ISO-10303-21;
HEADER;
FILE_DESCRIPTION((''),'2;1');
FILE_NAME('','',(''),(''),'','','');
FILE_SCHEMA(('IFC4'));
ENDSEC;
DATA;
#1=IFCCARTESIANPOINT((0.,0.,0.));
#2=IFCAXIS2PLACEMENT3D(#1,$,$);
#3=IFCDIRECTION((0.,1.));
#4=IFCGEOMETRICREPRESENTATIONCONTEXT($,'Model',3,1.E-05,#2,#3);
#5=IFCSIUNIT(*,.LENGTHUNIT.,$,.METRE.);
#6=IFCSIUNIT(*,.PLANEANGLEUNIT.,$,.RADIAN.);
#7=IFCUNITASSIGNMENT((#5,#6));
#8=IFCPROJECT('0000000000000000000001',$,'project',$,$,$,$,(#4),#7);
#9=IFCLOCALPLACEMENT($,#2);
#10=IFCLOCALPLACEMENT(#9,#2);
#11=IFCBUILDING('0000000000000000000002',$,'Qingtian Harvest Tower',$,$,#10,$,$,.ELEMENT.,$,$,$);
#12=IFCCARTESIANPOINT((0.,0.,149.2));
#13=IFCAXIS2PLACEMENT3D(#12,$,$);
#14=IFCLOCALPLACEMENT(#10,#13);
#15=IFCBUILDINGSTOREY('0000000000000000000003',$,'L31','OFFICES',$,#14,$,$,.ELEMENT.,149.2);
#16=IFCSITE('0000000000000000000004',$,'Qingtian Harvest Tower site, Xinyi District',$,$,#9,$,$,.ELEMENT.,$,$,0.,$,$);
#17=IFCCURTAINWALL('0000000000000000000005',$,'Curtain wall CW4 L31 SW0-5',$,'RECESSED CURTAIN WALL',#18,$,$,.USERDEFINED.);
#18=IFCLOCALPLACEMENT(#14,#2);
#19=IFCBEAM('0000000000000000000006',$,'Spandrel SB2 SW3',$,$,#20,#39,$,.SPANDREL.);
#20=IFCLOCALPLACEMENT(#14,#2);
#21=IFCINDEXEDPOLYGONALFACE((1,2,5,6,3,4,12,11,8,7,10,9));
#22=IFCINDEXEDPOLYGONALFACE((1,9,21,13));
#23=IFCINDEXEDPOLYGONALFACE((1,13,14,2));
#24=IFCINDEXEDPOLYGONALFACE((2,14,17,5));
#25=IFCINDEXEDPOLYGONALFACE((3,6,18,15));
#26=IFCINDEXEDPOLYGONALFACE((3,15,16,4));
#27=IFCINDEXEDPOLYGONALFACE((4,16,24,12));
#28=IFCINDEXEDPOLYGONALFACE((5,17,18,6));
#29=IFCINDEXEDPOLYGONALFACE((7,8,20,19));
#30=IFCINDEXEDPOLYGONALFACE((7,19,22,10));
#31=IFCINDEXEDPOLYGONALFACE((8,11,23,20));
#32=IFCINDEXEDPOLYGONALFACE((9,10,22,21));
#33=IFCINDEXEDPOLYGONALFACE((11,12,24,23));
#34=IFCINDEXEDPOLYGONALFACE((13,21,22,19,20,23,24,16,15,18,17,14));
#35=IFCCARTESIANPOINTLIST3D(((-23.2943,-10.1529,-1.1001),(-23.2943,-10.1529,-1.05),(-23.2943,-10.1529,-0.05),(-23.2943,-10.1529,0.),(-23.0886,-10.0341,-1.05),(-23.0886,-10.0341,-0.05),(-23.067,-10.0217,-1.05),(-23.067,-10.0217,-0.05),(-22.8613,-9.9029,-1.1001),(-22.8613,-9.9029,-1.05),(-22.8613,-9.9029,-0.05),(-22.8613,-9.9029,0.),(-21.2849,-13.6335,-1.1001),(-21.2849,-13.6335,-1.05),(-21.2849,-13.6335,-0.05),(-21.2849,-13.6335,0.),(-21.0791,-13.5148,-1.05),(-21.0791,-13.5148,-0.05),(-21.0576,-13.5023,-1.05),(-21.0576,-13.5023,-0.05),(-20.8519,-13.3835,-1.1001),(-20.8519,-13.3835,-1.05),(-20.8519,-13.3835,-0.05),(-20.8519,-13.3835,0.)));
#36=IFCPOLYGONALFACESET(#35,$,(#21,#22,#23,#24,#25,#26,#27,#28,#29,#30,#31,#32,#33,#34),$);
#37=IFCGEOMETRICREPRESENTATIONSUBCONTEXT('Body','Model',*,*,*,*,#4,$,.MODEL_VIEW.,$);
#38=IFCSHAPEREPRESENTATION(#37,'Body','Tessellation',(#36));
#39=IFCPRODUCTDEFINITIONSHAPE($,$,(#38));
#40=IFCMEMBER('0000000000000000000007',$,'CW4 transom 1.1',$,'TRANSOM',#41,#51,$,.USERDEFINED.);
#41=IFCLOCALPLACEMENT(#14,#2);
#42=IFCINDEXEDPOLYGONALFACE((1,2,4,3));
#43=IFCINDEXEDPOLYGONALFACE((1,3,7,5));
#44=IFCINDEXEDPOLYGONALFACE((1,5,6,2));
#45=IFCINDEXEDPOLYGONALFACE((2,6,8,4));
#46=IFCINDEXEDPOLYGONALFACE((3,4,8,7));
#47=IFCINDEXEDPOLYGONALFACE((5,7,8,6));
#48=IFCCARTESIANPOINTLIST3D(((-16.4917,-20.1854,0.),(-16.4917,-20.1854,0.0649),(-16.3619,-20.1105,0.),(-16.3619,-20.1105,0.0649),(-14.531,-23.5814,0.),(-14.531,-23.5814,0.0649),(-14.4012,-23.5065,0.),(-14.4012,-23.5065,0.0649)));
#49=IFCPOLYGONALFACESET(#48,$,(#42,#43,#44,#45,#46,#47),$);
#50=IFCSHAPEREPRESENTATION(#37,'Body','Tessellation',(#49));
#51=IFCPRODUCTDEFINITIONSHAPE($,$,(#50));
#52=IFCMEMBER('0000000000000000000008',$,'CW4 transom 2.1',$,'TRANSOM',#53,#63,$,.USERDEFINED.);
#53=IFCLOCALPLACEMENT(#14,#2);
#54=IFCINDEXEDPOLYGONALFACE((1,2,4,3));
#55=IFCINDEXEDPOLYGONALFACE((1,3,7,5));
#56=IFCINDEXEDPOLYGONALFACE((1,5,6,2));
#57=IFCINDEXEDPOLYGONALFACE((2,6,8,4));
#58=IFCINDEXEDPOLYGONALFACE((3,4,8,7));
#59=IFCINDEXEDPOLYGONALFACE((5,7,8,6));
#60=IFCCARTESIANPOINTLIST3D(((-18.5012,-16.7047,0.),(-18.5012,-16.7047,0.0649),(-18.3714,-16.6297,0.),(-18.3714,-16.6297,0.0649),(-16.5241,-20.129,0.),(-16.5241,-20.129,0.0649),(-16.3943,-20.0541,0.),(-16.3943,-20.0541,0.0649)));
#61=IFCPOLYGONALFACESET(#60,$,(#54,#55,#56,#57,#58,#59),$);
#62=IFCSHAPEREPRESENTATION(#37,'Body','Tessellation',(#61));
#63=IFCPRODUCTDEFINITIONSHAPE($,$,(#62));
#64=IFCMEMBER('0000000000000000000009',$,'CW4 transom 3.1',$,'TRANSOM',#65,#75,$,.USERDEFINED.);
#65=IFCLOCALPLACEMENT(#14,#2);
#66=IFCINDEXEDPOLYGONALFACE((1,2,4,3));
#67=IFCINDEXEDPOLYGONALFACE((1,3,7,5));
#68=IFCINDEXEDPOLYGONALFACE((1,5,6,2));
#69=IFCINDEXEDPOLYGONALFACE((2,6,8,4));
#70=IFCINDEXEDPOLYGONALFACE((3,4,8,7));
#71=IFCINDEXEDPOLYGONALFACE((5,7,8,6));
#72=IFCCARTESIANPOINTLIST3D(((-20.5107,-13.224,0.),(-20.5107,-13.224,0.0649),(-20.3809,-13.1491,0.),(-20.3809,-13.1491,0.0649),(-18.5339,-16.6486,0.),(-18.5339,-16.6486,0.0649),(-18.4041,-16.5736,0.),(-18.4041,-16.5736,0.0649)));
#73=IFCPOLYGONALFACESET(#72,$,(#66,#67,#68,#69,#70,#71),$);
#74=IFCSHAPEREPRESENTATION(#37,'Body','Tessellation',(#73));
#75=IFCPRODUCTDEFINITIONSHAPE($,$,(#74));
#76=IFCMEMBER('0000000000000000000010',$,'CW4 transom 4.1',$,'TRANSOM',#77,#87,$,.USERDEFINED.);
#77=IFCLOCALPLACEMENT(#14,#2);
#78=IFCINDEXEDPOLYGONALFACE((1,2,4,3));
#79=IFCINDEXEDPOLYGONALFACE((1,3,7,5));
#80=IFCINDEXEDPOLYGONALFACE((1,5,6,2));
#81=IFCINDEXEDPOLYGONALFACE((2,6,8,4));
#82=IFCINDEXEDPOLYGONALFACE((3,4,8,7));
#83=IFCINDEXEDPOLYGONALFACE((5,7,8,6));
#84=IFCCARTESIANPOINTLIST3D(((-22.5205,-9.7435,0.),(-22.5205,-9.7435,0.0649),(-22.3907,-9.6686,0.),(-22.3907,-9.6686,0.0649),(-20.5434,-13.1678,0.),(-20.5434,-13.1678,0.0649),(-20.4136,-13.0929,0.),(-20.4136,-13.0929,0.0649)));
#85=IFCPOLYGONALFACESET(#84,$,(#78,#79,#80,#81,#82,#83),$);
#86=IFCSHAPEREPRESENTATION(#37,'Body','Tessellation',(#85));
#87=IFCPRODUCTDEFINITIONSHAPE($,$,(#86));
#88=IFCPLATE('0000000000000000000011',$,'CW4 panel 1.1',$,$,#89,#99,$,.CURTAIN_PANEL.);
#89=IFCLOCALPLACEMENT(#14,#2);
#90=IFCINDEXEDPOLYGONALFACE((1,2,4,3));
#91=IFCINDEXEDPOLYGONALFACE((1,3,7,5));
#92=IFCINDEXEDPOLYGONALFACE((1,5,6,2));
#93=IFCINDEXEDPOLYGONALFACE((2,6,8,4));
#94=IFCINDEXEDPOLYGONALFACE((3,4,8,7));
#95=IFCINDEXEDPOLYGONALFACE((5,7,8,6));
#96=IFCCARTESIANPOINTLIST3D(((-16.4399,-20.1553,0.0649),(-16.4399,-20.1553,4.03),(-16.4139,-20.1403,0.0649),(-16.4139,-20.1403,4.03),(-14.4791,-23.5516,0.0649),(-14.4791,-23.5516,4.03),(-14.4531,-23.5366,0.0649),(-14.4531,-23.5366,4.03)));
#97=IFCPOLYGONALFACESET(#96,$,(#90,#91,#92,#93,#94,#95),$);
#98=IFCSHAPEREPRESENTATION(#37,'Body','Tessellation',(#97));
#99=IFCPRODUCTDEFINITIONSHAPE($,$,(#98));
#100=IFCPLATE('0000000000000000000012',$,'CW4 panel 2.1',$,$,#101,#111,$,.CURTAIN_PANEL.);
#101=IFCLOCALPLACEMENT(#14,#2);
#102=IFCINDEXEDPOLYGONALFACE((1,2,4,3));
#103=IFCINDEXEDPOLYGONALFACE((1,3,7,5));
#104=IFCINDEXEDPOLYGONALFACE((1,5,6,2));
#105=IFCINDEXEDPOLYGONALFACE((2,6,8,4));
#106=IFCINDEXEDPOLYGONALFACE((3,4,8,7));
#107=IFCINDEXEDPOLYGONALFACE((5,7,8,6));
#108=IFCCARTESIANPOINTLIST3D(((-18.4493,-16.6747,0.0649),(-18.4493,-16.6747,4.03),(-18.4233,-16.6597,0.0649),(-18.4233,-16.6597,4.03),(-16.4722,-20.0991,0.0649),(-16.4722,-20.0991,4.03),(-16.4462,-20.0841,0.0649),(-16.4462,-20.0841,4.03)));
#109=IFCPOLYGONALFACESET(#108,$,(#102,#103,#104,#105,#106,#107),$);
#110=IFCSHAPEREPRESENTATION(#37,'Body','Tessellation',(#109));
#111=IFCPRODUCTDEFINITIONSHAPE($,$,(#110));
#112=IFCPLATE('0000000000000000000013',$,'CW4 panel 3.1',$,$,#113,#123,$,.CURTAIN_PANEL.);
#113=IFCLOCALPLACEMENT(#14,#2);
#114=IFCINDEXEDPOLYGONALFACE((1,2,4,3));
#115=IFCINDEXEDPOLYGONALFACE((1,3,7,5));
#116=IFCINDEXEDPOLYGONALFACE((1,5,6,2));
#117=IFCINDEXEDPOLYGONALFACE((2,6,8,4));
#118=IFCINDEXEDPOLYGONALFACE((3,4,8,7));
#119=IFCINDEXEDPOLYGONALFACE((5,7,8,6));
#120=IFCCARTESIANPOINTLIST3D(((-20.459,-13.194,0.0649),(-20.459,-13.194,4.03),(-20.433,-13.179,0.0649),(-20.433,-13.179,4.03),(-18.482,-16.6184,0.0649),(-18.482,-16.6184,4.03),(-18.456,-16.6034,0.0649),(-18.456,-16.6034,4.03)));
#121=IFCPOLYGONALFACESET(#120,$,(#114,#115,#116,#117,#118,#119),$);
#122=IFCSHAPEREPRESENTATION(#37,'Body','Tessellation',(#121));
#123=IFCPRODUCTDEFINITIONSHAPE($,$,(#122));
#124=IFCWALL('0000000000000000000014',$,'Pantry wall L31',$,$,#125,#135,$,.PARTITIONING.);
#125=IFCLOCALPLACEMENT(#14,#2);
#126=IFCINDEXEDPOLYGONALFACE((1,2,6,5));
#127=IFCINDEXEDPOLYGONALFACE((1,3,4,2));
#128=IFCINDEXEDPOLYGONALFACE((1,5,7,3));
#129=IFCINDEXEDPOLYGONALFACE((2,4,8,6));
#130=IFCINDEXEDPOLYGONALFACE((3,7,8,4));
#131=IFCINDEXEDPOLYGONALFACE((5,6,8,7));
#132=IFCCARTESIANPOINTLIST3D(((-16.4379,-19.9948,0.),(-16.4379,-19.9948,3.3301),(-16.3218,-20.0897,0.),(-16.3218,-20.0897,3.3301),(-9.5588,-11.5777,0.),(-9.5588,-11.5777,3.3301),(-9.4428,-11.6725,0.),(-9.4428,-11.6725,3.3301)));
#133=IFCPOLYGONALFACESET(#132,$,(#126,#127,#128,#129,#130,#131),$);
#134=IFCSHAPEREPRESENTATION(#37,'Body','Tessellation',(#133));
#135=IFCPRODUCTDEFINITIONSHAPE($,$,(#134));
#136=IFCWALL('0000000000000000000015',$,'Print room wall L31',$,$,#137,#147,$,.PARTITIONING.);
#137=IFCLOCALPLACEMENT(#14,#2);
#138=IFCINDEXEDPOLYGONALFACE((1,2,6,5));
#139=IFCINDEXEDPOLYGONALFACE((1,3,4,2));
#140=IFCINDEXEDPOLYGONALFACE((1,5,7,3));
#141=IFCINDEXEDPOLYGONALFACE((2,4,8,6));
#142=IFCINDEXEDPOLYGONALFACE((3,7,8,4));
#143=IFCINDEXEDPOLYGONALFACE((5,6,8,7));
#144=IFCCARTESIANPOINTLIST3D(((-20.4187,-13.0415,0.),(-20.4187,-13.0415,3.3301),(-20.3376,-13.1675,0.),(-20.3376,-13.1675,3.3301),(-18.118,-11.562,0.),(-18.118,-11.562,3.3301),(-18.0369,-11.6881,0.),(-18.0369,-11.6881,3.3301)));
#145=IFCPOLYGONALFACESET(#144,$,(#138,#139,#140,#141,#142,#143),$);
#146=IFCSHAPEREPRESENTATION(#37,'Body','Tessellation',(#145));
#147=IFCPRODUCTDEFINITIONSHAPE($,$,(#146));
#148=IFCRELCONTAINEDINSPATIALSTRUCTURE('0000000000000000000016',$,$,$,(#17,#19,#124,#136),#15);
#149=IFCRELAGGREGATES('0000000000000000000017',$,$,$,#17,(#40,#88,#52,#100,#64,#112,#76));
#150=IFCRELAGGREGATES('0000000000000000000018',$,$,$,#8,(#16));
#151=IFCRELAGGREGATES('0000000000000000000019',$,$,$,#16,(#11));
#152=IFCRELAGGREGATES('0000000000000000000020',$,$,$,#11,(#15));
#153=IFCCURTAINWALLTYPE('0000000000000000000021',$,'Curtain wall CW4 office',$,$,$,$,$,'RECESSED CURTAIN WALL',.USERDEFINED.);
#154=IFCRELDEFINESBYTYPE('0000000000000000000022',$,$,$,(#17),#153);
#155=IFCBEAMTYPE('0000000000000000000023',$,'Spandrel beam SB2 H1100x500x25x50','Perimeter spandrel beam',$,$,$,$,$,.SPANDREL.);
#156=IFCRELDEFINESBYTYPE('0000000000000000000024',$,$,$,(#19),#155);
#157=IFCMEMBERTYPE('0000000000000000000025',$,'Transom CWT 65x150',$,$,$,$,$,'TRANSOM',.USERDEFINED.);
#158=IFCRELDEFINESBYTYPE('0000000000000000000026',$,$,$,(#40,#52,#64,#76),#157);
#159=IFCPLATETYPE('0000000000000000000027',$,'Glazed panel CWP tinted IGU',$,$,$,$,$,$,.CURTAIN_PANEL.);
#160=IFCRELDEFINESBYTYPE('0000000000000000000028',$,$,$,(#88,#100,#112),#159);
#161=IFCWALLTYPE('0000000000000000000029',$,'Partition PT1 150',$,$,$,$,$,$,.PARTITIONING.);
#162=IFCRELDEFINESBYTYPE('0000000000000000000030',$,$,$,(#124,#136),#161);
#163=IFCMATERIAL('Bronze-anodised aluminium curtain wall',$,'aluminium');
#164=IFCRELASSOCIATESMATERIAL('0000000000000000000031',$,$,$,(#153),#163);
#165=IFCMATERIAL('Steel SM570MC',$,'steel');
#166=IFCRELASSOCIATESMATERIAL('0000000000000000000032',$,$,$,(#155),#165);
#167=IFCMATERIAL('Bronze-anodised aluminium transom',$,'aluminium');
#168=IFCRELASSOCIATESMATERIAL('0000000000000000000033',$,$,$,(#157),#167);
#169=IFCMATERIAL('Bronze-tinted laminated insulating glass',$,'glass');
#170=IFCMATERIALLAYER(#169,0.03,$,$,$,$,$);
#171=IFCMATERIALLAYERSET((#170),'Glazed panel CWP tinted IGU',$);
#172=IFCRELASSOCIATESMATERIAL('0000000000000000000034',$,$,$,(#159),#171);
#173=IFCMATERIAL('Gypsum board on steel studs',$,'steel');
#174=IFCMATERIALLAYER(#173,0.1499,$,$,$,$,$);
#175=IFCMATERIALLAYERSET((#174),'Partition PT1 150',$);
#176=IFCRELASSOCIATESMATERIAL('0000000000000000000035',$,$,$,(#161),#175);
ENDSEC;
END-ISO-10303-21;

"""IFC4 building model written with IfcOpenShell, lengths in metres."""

from ifc_helpers import new_model, si_unit, direction, frame, frame_2d, origin, origin_2d, place, context, subcontext, project, spatial, rectangle, i_section, extrude, material, layer, layer_set, material_profile, profile_set, type_object, element, aggregate, save


model = new_model("IFC4")

# Units and contexts
model_context = context("Model", 3, precision=1e-05, world=origin(), true_north=direction((0.0, 1.0)))
body_context = subcontext(model_context, "Body", "Model", "MODEL_VIEW")
ifc_project = project(units=[si_unit("LENGTHUNIT", "METRE"), si_unit("PLANEANGLEUNIT", "RADIAN")], contexts=[model_context])

# Site, building, storey
site_placement = place(None, origin())
site = spatial("IfcSite", under=ifc_project, at=site_placement, Name="Qingtian Harvest Tower site, Xinyi District", CompositionType="ELEMENT", RefElevation=0.0)
building_placement = place(site_placement, origin())
building = spatial("IfcBuilding", under=site, at=building_placement, Name="Qingtian Harvest Tower", CompositionType="ELEMENT")
storey_placement = place(building_placement, frame((0.0, 0.0, 149.2)))
storey = spatial("IfcBuildingStorey", under=building, at=storey_placement, Name="L31", Description="OFFICES", CompositionType="ELEMENT", Elevation=149.2)

# Shared definitions
ifc_material_1 = material(Name="Bronze-anodised aluminium curtain wall", Category="aluminium")
curtain_wall_type = type_object("IfcCurtainWallType", Name="Curtain wall CW4 office", ElementType="RECESSED CURTAIN WALL", PredefinedType="USERDEFINED", material=ifc_material_1)

# Curtain wall
curtain_wall_1_placement = place(storey_placement, origin())
curtain_wall_1 = element("IfcCurtainWall", 1, at=curtain_wall_1_placement, inside=storey, type_object=curtain_wall_type, Name="Curtain wall CW4 L31 SW0-5", ObjectType="RECESSED CURTAIN WALL", PredefinedType="USERDEFINED")

# Beam
ifc_material_2 = material(Name="Steel SM570MC", Category="steel")
ifc_material_profile_1 = material_profile(ifc_material_2, i_section(OverallWidth=0.5, OverallDepth=1.1001, WebThickness=0.0249, FlangeThickness=0.05, at=origin_2d()), Name="H1100x500x25x50")
ifc_profile_set_1 = profile_set([ifc_material_profile_1], Name="Steel SM570MC")
beam_type_1 = type_object("IfcBeamType", Name="Spandrel beam SB2 H1100x500x25x50", Description="Perimeter spandrel beam", PredefinedType="SPANDREL", material=ifc_profile_set_1)
for number, where, z_axis, x_axis, name in (
    (2, (-21.0684, -13.5085, -0.55), (-0.499987, 0.866033, 0.0), (-0.866033, -0.499987, 0.0), "Spandrel SB2 SW3"),
):
    element("IfcBeam", number, at=place(storey_placement, frame(where, z_axis=z_axis, x_axis=x_axis)), inside=storey, type_object=beam_type_1, Name=name, PredefinedType="SPANDREL", context=body_context, shape_type="SweptSolid", body=[
        extrude(i_section(OverallWidth=0.5, OverallDepth=1.1001, WebThickness=0.0249, FlangeThickness=0.05, at=origin_2d()), origin(), (0.0, 0.0, 1.0), 4.019),
    ])

# Members
ifc_material_3 = material(Name="Bronze-anodised aluminium transom", Category="aluminium")
ifc_material_profile_2 = material_profile(ifc_material_3, rectangle(XDim=0.1499, YDim=0.0649, at=origin_2d()), Name="AL 65x150")
ifc_profile_set_2 = profile_set([ifc_material_profile_2], Name="Bronze-anodised aluminium transom")
member_type_1 = type_object("IfcMemberType", Name="Transom CWT 65x150", ElementType="TRANSOM", PredefinedType="USERDEFINED", material=ifc_profile_set_2)
member_1_placement = place(storey_placement, frame((-14.4661, -23.5439, 0.0325), z_axis=(-0.500003, 0.866024, 0.0), x_axis=(-0.866024, -0.500003, 0.0)))
member_1 = element("IfcMember", 3, at=member_1_placement, type_object=member_type_1, Name="CW4 transom 1.1", ObjectType="TRANSOM", PredefinedType="USERDEFINED", context=body_context, shape_type="SweptSolid", body=[
    extrude(rectangle(XDim=0.1499, YDim=0.0649, at=origin_2d()), origin(), (0.0, 0.0, 1.0), 3.9214),
])
member_2_placement = place(storey_placement, frame((-16.4592, -20.0916, 0.0325), z_axis=(-0.500004, 0.866023, 0.0), x_axis=(-0.866023, -0.500004, 0.0)))
member_2 = element("IfcMember", 4, at=member_2_placement, type_object=member_type_1, Name="CW4 transom 2.1", ObjectType="TRANSOM", PredefinedType="USERDEFINED", context=body_context, shape_type="SweptSolid", body=[
    extrude(rectangle(XDim=0.1499, YDim=0.0649, at=origin_2d()), origin(), (0.0, 0.0, 1.0), 3.9541),
])
member_3_placement = place(storey_placement, frame((-18.469, -16.6111, 0.0325), z_axis=(-0.499931, 0.866065, 0.0), x_axis=(-0.866065, -0.499931, 0.0)))
member_3 = element("IfcMember", 5, at=member_3_placement, type_object=member_type_1, Name="CW4 transom 3.1", ObjectType="TRANSOM", PredefinedType="USERDEFINED", context=body_context, shape_type="SweptSolid", body=[
    extrude(rectangle(XDim=0.1499, YDim=0.0649, at=origin_2d()), origin(), (0.0, 0.0, 1.0), 3.9541),
])
member_4_placement = place(storey_placement, frame((-20.4785, -13.1304, 0.0325), z_axis=(-0.500004, 0.866023, 0.0), x_axis=(-0.866023, -0.500004, 0.0)))
member_4 = element("IfcMember", 6, at=member_4_placement, type_object=member_type_1, Name="CW4 transom 4.1", ObjectType="TRANSOM", PredefinedType="USERDEFINED", context=body_context, shape_type="SweptSolid", body=[
    extrude(rectangle(XDim=0.1499, YDim=0.0649, at=origin_2d()), origin(), (0.0, 0.0, 1.0), 3.9541),
])

# Plates
ifc_material_4 = material(Name="Bronze-tinted laminated insulating glass", Category="glass")
ifc_layer_1 = layer(ifc_material_4, 0.03)
ifc_layer_set_1 = layer_set([ifc_layer_1], Name="Glazed panel CWP tinted IGU")
plate_type = type_object("IfcPlateType", Name="Glazed panel CWP tinted IGU", PredefinedType="CURTAIN_PANEL", material=ifc_layer_set_1)
plate_1_placement = place(storey_placement, frame((-15.4465, -21.8459, 0.0649), z_axis=(0.0, 0.0, 1.0), x_axis=(-0.5, 0.866025, 0.0)))
plate_1 = element("IfcPlate", 7, at=plate_1_placement, type_object=plate_type, Name="CW4 panel 1.1", PredefinedType="CURTAIN_PANEL", context=body_context, shape_type="SweptSolid", body=[
    extrude(rectangle(XDim=3.9216, YDim=0.03, at=origin_2d()), origin(), (0.0, 0.0, 1.0), 3.9651),
])
plate_2_placement = place(storey_placement, frame((-17.4478, -18.3794, 0.0649), z_axis=(0.0, 0.0, 1.0), x_axis=(-0.5, 0.866025, 0.0)))
plate_2 = element("IfcPlate", 8, at=plate_2_placement, type_object=plate_type, Name="CW4 panel 2.1", PredefinedType="CURTAIN_PANEL", context=body_context, shape_type="SweptSolid", body=[
    extrude(rectangle(XDim=3.9541, YDim=0.03, at=origin_2d()), origin(), (0.0, 0.0, 1.0), 3.9651),
])
plate_3_placement = place(storey_placement, frame((-19.4575, -14.8987, 0.0649), z_axis=(0.0, 0.0, 1.0), x_axis=(-0.5, 0.866025, 0.0)))
plate_3 = element("IfcPlate", 9, at=plate_3_placement, type_object=plate_type, Name="CW4 panel 3.1", PredefinedType="CURTAIN_PANEL", context=body_context, shape_type="SweptSolid", body=[
    extrude(rectangle(XDim=3.9541, YDim=0.03, at=origin_2d()), origin(), (0.0, 0.0, 1.0), 3.9651),
])
aggregate(curtain_wall_1, [member_1, plate_1, member_2, plate_2, member_3, plate_3, member_4])

# Walls
ifc_material_5 = material(Name="Gypsum board on steel studs", Category="steel")
ifc_layer_2 = layer(ifc_material_5, 0.1499)
ifc_layer_set_2 = layer_set([ifc_layer_2], Name="Partition PT1 150")
wall_type = type_object("IfcWallType", Name="Partition PT1 150", PredefinedType="PARTITIONING", material=ifc_layer_set_2)
wall_1_placement = place(storey_placement, frame((-16.3799, -20.0422, 0.0), z_axis=(0.0, 0.0, 1.0), x_axis=(0.632815, 0.774303, 0.0)))
element("IfcWall", 10, at=wall_1_placement, inside=storey, type_object=wall_type, Name="Pantry wall L31", PredefinedType="PARTITIONING", context=body_context, shape_type="SweptSolid", body=[
    extrude(rectangle(XDim=10.8706, YDim=0.1499, at=frame_2d((5.4353, 0.0))), origin(), (0.0, 0.0, 1.0), 3.3301),
])
wall_2_placement = place(storey_placement, frame((-20.3782, -13.1045, 0.0), z_axis=(0.0, 0.0, 1.0), x_axis=(0.841109, 0.540866, 0.0)))
element("IfcWall", 11, at=wall_2_placement, inside=storey, type_object=wall_type, Name="Print room wall L31", PredefinedType="PARTITIONING", context=body_context, shape_type="SweptSolid", body=[
    extrude(rectangle(XDim=2.7354, YDim=0.1499, at=frame_2d((1.3677, 0.0))), origin(), (0.0, 0.0, 1.0), 3.3301),
])

save(model, "model.ifc")
